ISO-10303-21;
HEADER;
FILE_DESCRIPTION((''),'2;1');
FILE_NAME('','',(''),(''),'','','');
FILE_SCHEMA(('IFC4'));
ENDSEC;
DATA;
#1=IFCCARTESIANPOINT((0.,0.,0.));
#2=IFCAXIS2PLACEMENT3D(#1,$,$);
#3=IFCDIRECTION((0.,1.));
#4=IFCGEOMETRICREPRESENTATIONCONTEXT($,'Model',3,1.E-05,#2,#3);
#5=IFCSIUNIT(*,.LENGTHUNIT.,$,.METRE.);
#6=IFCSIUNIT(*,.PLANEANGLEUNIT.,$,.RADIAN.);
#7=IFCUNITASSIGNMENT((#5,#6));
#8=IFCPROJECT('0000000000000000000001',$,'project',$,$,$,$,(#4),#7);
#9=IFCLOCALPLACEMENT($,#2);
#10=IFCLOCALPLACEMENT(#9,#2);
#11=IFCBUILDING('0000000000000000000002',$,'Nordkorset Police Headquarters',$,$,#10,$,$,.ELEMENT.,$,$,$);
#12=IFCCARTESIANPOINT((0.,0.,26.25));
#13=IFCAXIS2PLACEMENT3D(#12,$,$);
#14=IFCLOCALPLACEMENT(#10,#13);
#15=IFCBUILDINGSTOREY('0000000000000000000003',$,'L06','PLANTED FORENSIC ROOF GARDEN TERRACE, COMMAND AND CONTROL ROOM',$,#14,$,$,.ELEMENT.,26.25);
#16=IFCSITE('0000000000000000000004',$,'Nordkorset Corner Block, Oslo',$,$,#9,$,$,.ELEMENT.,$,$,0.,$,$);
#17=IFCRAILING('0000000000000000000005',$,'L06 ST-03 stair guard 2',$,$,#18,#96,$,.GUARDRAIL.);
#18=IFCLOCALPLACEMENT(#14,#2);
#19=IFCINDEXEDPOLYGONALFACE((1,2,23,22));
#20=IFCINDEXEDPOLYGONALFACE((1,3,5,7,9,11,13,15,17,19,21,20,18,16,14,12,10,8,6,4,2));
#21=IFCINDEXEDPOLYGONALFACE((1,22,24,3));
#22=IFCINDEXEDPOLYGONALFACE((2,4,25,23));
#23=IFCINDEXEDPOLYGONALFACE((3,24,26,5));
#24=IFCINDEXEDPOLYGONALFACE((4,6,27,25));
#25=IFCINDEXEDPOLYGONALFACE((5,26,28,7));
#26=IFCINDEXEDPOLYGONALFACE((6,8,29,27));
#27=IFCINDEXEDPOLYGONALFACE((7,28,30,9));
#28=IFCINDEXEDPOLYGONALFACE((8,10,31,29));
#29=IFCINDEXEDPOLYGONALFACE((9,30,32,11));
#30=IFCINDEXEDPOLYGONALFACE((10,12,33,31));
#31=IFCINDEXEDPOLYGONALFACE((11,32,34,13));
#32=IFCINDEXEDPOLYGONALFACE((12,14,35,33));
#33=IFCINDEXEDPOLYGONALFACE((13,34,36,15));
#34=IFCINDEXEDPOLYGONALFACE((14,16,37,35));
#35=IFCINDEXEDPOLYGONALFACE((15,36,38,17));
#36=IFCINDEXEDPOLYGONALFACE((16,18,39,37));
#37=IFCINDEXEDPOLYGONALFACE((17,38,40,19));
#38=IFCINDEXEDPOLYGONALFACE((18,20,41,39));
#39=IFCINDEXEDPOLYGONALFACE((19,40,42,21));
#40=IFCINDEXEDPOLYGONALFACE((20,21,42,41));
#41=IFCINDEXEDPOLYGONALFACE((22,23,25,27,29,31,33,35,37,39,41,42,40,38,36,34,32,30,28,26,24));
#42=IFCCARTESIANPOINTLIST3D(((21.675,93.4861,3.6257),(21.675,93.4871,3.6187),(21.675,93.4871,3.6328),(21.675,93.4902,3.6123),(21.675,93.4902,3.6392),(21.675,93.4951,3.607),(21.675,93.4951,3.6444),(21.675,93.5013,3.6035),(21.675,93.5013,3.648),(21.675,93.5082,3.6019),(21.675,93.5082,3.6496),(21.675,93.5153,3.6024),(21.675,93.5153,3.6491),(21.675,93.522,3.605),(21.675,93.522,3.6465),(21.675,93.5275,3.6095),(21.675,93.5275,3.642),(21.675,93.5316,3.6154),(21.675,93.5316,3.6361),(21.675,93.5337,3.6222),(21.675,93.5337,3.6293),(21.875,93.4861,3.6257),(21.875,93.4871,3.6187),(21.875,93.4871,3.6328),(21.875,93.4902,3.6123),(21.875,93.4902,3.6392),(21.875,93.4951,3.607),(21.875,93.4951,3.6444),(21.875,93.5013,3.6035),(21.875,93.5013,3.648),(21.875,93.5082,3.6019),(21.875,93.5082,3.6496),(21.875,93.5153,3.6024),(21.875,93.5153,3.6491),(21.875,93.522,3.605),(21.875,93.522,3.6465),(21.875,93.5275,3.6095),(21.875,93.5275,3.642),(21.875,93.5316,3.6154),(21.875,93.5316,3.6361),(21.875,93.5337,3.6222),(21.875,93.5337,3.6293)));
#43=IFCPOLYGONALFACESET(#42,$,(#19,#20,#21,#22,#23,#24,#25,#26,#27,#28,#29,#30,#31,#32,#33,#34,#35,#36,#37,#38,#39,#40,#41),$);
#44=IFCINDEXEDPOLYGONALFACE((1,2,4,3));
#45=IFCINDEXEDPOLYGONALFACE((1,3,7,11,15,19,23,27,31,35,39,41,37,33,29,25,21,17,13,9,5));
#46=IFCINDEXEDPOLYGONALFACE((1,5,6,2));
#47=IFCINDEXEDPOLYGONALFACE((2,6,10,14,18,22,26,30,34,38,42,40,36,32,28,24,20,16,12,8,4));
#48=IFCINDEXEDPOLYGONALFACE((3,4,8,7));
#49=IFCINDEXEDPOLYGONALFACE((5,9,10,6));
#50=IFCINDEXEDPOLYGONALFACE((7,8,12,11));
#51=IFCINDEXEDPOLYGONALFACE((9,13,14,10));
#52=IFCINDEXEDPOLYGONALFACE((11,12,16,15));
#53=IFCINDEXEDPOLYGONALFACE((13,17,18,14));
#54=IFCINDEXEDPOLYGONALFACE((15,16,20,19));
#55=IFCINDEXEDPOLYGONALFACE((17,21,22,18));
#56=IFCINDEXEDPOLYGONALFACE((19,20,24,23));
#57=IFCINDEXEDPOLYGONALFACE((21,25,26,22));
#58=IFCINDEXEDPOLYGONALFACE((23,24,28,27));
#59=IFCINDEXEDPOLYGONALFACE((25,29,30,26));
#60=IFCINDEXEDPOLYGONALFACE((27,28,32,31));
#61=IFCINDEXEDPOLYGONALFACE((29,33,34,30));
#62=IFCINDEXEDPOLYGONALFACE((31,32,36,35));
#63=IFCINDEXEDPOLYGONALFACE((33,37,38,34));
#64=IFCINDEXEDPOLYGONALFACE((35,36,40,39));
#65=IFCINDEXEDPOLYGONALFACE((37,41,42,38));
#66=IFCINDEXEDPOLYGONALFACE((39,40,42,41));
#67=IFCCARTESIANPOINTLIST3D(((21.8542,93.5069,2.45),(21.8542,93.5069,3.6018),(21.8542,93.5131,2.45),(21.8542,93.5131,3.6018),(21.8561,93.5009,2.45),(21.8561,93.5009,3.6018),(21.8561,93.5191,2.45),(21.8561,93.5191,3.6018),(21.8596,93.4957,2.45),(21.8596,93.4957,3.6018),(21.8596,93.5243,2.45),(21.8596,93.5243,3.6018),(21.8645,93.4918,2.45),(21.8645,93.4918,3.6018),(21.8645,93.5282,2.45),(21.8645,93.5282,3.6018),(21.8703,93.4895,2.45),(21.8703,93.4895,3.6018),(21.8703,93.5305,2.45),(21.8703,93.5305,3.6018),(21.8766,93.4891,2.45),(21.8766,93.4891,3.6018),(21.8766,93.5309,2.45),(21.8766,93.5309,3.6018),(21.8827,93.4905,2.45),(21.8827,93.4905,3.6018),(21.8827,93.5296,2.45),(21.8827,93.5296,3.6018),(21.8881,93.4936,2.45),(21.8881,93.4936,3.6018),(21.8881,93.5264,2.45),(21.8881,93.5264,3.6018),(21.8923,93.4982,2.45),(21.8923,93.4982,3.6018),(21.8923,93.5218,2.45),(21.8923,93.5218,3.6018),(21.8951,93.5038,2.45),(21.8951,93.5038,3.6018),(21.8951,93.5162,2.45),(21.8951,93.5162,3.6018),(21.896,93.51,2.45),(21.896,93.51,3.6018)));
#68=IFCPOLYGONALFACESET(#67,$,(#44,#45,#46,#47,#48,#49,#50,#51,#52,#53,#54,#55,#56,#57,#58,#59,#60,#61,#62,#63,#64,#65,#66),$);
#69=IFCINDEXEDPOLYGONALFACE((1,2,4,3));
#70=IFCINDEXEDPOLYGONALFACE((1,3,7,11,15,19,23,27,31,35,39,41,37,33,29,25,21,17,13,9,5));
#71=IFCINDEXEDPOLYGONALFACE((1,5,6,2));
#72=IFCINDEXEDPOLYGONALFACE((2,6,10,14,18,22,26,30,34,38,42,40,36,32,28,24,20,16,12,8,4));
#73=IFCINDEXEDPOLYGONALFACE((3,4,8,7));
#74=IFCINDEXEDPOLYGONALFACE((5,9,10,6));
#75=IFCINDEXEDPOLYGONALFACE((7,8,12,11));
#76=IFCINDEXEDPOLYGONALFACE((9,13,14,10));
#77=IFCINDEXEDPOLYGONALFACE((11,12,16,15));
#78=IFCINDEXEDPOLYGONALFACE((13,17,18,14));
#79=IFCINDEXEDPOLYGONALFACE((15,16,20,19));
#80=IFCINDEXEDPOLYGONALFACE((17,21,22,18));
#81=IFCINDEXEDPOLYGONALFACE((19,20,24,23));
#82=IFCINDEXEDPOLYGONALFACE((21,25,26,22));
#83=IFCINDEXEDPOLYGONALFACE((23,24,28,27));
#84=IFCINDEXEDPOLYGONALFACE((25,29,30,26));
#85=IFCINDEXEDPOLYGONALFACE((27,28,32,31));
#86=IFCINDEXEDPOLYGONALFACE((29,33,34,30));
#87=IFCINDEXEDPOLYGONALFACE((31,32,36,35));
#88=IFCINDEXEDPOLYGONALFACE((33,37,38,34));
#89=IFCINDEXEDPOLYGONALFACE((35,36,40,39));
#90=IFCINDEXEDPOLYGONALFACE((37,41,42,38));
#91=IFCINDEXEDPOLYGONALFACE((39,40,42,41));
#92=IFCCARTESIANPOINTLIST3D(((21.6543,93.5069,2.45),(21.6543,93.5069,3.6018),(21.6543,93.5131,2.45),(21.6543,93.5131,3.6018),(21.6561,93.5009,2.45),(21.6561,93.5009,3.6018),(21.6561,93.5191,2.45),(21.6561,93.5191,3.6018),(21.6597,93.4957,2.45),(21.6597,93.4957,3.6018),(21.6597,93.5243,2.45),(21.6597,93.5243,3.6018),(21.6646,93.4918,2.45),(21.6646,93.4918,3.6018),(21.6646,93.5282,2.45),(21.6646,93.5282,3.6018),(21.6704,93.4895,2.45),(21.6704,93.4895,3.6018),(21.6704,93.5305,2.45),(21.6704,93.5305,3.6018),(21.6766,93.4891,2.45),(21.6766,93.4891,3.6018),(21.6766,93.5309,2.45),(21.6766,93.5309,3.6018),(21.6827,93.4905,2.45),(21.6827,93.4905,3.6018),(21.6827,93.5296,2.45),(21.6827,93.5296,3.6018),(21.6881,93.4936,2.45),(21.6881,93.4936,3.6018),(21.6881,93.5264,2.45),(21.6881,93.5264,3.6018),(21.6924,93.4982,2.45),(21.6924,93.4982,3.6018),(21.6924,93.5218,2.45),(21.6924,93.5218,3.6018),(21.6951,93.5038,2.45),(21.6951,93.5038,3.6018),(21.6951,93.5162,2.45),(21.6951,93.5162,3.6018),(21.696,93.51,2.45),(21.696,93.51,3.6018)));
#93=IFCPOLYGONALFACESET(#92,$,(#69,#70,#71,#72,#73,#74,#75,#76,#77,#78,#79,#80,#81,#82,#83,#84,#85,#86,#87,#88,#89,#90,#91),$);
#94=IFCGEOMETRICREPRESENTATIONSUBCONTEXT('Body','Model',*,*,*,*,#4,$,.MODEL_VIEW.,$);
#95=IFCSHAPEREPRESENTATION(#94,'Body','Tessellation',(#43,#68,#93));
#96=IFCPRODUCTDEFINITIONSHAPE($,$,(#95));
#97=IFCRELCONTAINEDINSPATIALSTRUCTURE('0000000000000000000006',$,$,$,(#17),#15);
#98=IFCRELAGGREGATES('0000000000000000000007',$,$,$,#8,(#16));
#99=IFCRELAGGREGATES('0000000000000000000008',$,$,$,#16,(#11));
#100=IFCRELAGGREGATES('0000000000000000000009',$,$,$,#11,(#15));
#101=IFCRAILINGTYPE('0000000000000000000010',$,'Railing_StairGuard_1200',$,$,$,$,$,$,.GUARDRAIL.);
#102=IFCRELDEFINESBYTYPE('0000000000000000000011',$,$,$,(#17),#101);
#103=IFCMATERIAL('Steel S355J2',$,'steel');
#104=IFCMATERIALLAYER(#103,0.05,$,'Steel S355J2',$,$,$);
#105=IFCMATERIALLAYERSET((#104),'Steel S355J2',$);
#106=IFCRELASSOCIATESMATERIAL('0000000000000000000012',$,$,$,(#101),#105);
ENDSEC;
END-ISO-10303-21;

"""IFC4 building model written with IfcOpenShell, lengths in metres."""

from ifc_helpers import new_model, si_unit, direction, frame, origin, origin_2d, place, context, subcontext, project, spatial, circle, extrude, material, layer, layer_set, type_object, element, save


model = new_model("IFC4")

# Units and contexts
model_context = context("Model", 3, precision=1e-05, world=origin(), true_north=direction((0.0, 1.0)))
body_context = subcontext(model_context, "Body", "Model", "MODEL_VIEW")
ifc_project = project(units=[si_unit("LENGTHUNIT", "METRE"), si_unit("PLANEANGLEUNIT", "RADIAN")], contexts=[model_context])

# Site, building, storey
site_placement = place(None, origin())
site = spatial("IfcSite", under=ifc_project, at=site_placement, Name="Nordkorset Corner Block, Oslo", CompositionType="ELEMENT", RefElevation=0.0)
building_placement = place(site_placement, origin())
building = spatial("IfcBuilding", under=site, at=building_placement, Name="Nordkorset Police Headquarters", CompositionType="ELEMENT")
storey_placement = place(building_placement, frame((0.0, 0.0, 26.25)))
storey = spatial("IfcBuildingStorey", under=building, at=storey_placement, Name="L06", Description="PLANTED FORENSIC ROOF GARDEN TERRACE, COMMAND AND CONTROL ROOM", CompositionType="ELEMENT", Elevation=26.25)

# Railing
ifc_material_1 = material(Name="Steel S355J2", Category="steel")
ifc_layer_1 = layer(ifc_material_1, 0.05, Name="Steel S355J2")
ifc_layer_set_1 = layer_set([ifc_layer_1], Name="Steel S355J2")
railing_type_1 = type_object("IfcRailingType", Name="Railing_StairGuard_1200", PredefinedType="GUARDRAIL", material=ifc_layer_set_1)
railing_1_placement = place(storey_placement, frame((21.875, 93.51, 2.45)))
element("IfcRailing", 1, at=railing_1_placement, inside=storey, type_object=railing_type_1, Name="L06 ST-03 stair guard 2", PredefinedType="GUARDRAIL", context=body_context, shape_type="SweptSolid", body=[
    extrude(circle(Radius=0.0239, at=origin_2d()), frame((0.0, 0.0, 1.1758), z_axis=(-1.0, 0.0, 0.0), x_axis=(0.0, -1.0, 0.0)), (0.0, 0.0, 1.0), 0.2),
    extrude(circle(Radius=0.021, at=origin_2d()), origin(), (0.0, 0.0, 1.0), 1.1519),
    extrude(circle(Radius=0.021, at=origin_2d()), frame((-0.2, 0.0, 0.0)), (0.0, 0.0, 1.0), 1.1519),
])

save(model, "model.ifc")
